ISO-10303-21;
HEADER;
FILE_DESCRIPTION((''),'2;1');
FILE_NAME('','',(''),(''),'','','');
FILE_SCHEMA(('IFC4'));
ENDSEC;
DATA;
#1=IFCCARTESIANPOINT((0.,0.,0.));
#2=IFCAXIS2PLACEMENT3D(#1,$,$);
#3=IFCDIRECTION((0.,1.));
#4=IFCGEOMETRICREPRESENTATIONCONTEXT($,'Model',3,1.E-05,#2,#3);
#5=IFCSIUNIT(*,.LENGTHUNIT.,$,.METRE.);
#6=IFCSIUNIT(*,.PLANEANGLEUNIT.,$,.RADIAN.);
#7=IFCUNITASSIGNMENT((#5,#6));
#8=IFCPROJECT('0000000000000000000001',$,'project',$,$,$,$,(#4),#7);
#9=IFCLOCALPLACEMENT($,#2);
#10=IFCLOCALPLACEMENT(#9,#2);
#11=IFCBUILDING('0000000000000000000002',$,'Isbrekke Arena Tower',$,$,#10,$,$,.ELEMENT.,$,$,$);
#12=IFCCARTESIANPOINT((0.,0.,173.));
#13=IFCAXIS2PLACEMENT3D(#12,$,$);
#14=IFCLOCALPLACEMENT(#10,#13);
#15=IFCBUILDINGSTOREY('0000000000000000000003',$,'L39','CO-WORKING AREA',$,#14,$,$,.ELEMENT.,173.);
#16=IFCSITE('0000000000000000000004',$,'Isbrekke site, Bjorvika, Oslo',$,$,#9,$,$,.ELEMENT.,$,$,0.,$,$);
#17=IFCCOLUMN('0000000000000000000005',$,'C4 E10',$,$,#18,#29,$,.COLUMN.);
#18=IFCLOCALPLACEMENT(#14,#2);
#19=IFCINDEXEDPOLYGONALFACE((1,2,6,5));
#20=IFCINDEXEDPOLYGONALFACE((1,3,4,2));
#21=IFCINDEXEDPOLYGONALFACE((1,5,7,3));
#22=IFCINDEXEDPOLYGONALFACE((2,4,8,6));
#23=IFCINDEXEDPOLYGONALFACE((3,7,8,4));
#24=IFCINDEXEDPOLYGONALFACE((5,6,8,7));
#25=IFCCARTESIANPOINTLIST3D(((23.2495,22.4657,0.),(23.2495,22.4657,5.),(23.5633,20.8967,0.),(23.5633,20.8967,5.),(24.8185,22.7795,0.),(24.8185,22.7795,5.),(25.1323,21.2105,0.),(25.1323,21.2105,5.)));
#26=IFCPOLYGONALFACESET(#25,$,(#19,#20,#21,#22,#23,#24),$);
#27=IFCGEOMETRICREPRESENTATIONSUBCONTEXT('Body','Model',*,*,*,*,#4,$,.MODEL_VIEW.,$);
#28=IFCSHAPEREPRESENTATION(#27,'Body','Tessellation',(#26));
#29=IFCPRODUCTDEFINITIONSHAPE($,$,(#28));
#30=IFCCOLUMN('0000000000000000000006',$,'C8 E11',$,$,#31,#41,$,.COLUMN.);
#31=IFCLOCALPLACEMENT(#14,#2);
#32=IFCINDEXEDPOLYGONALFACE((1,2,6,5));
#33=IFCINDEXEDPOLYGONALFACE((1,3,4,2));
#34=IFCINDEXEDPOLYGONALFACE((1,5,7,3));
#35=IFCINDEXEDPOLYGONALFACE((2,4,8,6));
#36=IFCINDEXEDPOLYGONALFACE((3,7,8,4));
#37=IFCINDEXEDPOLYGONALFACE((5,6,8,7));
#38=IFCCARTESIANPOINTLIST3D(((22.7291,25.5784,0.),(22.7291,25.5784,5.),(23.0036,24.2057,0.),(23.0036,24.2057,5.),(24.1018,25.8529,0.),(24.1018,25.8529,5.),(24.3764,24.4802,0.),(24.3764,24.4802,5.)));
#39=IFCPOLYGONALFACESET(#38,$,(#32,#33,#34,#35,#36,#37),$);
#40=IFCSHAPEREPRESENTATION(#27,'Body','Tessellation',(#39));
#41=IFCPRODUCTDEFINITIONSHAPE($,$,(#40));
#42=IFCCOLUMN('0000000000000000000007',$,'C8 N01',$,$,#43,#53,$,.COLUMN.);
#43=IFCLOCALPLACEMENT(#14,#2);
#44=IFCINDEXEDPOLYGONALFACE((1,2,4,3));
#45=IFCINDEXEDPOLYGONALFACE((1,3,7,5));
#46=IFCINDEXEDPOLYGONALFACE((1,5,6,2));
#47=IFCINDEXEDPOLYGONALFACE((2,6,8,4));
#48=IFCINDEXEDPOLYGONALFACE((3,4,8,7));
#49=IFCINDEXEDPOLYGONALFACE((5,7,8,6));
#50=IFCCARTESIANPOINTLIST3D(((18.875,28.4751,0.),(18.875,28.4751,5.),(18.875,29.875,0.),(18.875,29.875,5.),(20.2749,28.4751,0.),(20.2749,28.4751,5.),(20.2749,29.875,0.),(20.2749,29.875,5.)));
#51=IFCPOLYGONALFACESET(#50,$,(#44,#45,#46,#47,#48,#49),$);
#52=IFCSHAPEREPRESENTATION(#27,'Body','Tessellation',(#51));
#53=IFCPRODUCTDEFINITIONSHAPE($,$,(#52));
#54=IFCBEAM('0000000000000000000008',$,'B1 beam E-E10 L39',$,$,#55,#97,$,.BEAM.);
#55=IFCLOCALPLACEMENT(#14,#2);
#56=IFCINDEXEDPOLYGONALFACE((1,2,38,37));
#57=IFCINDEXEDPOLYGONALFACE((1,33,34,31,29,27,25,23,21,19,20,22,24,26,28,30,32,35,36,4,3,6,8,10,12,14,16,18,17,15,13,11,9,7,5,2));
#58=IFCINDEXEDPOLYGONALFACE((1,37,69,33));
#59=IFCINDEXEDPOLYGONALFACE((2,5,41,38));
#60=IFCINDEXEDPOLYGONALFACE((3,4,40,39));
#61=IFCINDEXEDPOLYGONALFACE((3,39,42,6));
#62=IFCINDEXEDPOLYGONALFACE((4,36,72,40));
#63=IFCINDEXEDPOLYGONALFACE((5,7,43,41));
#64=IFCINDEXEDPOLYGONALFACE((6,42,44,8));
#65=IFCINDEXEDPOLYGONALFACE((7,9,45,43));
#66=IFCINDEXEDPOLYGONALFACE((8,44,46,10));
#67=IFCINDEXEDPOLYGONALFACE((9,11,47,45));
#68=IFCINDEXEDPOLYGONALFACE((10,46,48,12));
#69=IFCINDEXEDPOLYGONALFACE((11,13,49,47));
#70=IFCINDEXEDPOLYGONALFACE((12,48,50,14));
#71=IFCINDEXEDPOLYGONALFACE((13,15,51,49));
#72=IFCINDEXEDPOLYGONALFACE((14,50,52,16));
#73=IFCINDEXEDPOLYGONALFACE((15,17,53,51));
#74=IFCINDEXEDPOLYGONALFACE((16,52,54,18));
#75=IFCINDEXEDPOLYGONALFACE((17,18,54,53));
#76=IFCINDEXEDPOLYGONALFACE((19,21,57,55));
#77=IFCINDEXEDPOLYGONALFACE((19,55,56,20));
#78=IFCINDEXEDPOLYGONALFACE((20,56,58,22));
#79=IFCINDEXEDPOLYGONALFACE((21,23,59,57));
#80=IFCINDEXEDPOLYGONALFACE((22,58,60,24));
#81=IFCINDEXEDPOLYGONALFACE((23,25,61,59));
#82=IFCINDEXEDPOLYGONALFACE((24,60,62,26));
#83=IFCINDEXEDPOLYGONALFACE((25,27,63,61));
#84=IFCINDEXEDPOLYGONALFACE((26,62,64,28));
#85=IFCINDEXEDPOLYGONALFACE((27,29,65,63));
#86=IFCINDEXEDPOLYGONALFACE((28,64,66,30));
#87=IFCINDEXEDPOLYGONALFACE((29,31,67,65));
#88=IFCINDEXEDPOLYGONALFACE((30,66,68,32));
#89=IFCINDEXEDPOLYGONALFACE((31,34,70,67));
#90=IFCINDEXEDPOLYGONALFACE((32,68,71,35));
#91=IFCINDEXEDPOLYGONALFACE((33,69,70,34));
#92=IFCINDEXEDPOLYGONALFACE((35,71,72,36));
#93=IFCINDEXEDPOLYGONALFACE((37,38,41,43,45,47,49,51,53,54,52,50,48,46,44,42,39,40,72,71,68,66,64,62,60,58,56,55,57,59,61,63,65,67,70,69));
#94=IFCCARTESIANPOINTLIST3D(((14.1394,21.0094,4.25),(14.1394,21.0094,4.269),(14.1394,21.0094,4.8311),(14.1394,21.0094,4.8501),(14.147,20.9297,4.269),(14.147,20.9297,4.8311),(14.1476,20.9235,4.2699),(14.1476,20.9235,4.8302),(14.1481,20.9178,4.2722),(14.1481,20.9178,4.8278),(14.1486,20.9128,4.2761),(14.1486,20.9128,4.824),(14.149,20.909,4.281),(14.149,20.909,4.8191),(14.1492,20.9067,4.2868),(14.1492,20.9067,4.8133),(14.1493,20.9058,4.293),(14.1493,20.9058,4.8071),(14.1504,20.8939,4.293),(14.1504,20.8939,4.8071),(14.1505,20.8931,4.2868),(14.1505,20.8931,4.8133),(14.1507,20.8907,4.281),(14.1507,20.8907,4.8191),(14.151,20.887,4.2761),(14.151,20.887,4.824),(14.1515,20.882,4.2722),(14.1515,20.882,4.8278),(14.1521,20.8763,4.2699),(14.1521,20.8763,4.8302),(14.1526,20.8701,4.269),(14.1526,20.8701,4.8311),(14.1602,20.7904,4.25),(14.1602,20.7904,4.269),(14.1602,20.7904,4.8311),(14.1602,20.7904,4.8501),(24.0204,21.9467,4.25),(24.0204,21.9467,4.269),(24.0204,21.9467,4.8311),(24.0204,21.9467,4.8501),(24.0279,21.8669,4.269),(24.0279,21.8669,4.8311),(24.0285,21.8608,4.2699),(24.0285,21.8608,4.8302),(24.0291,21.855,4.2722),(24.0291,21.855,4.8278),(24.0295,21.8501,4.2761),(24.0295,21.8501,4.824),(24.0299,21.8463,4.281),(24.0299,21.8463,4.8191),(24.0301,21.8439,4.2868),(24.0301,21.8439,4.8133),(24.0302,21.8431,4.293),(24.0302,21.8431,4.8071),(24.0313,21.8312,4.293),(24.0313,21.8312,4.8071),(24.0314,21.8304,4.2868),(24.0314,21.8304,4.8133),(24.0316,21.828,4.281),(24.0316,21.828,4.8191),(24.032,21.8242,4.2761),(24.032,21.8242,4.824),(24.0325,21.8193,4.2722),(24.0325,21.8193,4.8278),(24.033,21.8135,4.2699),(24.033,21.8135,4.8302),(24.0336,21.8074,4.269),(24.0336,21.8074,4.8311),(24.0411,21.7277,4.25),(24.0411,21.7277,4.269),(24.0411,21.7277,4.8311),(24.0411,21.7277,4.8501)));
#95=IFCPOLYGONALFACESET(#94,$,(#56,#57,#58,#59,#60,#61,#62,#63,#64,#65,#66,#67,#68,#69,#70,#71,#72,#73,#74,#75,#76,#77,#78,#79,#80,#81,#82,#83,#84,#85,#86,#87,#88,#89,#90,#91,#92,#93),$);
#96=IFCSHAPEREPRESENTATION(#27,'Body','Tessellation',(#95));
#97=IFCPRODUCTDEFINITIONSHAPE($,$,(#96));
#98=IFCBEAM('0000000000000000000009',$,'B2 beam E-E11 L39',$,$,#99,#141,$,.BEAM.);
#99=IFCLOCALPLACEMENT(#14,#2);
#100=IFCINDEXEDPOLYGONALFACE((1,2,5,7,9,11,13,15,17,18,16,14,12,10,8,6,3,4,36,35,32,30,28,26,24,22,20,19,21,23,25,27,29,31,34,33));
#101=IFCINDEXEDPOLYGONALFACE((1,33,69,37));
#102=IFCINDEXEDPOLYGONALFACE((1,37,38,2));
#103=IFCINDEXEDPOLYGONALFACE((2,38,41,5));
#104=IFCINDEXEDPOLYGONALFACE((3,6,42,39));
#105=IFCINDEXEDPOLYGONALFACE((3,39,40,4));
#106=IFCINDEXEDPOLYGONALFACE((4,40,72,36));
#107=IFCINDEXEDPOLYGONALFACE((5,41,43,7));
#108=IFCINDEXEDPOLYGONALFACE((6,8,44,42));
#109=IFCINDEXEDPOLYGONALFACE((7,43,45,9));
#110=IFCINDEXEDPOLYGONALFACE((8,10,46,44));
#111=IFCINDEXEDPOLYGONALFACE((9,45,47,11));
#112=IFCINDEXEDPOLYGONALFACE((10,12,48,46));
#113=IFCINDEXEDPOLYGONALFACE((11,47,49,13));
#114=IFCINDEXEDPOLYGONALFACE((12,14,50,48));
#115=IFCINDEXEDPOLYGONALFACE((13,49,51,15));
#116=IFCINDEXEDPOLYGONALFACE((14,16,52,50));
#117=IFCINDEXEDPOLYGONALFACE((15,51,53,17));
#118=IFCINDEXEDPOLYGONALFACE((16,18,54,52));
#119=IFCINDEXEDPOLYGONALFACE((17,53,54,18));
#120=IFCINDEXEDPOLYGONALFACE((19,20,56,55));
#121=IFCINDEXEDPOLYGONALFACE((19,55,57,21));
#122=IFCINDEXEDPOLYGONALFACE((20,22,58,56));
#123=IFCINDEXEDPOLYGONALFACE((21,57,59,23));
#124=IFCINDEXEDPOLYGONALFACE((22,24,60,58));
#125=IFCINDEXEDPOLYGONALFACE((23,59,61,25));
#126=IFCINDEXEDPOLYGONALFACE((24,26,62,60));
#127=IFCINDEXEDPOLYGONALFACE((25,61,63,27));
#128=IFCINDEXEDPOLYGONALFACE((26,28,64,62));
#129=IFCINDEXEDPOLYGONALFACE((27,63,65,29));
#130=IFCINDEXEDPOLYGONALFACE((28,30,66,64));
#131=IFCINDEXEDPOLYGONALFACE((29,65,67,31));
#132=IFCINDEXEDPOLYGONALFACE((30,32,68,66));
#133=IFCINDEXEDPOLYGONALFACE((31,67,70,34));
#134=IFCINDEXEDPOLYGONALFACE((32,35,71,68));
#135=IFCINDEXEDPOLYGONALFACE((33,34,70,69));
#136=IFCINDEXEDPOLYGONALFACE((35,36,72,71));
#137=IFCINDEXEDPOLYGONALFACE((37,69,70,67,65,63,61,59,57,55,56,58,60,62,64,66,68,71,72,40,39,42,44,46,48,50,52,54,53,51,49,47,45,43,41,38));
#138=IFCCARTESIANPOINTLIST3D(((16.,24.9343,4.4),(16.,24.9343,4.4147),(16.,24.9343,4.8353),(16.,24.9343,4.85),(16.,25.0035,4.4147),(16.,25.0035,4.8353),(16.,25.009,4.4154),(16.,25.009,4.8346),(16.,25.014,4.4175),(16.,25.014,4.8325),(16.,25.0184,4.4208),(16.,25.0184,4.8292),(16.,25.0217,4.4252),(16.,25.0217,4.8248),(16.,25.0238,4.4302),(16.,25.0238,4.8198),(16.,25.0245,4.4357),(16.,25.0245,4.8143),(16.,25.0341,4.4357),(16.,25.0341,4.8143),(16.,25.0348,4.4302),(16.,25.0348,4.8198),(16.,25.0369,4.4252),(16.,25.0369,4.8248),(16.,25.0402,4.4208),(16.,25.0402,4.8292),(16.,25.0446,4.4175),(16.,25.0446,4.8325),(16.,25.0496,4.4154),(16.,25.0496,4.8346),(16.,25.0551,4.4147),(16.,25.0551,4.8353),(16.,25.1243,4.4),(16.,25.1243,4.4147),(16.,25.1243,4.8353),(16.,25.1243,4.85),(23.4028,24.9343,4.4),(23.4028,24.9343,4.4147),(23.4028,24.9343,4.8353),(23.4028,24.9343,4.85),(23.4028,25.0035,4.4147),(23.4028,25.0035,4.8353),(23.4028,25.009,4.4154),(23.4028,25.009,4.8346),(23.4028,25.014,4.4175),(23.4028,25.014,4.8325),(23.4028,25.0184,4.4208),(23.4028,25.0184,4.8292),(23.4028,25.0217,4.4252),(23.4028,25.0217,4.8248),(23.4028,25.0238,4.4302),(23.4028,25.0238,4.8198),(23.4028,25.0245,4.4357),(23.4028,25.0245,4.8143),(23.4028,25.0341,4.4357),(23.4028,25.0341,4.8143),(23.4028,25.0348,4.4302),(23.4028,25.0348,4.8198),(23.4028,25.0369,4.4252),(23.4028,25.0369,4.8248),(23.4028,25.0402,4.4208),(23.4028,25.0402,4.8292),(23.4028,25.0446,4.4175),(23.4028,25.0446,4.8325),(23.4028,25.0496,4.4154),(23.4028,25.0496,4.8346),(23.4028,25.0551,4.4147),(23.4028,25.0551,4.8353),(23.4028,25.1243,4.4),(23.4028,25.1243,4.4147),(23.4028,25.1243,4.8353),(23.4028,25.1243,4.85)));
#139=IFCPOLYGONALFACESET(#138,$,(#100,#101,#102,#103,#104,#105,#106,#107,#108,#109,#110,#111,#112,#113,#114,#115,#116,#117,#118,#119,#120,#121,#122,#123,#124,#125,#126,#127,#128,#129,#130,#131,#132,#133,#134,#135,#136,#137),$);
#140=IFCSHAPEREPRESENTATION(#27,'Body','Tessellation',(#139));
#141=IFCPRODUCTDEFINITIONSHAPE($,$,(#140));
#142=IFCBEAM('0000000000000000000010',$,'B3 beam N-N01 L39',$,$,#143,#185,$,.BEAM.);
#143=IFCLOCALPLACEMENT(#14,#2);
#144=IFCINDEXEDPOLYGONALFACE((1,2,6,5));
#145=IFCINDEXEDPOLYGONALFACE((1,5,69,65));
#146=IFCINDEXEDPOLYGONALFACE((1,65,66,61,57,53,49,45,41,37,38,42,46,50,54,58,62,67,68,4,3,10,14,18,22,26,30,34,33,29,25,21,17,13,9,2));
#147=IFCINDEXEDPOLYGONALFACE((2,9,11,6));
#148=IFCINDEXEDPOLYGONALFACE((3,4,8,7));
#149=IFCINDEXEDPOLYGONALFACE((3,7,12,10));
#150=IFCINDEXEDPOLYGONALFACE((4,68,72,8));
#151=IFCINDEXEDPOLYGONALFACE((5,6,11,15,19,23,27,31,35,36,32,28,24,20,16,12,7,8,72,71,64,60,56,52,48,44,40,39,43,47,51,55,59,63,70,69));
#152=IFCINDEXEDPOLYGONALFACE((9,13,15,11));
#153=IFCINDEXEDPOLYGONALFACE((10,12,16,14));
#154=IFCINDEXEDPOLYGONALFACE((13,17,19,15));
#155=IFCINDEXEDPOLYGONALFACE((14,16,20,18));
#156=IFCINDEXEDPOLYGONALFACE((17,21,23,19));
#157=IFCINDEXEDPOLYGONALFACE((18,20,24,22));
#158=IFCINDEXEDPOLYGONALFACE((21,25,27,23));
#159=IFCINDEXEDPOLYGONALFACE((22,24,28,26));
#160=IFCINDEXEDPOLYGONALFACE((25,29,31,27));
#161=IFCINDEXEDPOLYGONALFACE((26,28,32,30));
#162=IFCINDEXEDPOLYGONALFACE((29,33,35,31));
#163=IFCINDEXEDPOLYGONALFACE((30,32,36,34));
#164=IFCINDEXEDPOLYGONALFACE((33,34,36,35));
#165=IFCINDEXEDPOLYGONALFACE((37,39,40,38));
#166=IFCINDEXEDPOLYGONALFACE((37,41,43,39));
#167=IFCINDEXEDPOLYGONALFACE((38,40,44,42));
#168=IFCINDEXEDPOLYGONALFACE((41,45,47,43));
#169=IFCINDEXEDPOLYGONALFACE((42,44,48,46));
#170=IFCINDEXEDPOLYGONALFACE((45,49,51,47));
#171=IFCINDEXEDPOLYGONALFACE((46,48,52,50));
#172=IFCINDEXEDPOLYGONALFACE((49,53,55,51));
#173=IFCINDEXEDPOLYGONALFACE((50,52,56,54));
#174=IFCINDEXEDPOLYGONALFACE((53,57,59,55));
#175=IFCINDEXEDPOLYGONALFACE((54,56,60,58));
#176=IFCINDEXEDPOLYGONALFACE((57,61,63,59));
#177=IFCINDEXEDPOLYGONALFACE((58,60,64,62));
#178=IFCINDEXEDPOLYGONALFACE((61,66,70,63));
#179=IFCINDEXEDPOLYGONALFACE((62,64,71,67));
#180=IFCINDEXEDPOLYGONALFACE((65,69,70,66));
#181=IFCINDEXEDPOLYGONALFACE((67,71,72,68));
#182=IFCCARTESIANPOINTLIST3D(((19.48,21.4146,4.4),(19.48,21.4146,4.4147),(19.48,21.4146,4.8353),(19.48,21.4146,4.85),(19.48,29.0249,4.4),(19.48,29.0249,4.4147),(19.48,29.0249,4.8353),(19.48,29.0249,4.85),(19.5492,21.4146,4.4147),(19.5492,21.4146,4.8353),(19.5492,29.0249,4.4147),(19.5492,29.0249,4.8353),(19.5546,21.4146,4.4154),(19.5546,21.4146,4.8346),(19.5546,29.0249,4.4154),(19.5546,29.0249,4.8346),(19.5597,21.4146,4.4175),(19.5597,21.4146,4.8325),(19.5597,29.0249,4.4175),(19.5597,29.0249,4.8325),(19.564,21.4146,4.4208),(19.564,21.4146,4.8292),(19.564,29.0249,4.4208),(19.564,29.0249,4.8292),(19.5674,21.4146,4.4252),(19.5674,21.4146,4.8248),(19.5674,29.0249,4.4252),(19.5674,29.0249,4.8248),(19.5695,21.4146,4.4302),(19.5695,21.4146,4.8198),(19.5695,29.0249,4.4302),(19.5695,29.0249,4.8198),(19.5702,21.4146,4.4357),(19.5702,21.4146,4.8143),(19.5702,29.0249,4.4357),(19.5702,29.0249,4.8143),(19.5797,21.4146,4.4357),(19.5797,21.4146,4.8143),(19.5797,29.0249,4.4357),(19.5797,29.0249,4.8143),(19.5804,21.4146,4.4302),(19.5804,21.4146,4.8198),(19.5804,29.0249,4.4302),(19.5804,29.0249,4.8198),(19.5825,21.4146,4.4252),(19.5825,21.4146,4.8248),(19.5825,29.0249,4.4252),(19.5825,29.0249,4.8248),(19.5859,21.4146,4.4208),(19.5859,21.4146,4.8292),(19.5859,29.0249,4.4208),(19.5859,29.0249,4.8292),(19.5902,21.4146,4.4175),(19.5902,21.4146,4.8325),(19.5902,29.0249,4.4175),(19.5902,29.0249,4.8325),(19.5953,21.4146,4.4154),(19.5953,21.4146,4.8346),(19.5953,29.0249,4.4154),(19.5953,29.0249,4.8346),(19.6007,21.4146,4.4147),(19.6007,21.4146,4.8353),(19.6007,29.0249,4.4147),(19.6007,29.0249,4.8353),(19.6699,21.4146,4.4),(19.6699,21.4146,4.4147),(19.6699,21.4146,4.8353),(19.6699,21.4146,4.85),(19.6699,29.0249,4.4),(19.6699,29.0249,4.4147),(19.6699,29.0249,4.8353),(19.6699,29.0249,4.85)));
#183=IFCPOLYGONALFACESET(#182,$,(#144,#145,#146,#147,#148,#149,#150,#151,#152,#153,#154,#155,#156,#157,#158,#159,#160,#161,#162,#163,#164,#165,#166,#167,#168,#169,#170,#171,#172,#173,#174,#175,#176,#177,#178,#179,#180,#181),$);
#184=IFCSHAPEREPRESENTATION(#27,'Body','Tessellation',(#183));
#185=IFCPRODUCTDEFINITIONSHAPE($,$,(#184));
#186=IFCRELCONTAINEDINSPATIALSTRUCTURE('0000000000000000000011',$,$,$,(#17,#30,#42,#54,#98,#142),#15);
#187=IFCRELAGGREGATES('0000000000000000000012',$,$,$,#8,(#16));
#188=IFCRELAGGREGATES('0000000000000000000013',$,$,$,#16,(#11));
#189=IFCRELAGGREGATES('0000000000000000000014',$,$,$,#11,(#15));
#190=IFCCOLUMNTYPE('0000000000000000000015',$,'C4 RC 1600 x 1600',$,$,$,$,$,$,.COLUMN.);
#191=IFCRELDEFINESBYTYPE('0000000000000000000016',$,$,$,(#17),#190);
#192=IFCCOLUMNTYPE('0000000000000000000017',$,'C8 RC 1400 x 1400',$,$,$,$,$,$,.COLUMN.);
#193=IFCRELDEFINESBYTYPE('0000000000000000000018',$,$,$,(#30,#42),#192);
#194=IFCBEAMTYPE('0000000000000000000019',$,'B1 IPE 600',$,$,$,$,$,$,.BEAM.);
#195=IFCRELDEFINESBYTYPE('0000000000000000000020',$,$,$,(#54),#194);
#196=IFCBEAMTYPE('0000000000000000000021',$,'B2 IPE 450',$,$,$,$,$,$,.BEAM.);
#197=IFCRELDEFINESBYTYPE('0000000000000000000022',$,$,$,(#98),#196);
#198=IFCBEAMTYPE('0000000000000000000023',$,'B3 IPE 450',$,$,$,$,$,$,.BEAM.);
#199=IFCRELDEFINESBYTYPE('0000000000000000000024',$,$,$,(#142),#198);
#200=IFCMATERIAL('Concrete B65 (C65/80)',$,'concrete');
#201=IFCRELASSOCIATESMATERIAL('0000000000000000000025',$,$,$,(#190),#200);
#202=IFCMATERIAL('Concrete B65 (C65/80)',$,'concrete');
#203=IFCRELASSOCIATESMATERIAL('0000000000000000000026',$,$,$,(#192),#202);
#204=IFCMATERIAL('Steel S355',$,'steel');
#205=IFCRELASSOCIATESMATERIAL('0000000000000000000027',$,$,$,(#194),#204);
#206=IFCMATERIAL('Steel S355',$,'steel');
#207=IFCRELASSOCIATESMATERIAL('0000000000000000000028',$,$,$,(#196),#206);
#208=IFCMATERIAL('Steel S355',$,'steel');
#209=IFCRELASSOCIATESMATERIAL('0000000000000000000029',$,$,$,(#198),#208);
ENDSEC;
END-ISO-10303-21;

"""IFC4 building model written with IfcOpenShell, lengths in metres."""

from ifc_helpers import new_model, si_unit, direction, frame, origin, origin_2d, place, context, subcontext, project, spatial, rectangle, i_section, extrude, material, material_profile, profile_set, type_object, element, save


model = new_model("IFC4")

# Units and contexts
model_context = context("Model", 3, precision=1e-05, world=origin(), true_north=direction((0.0, 1.0)))
body_context = subcontext(model_context, "Body", "Model", "MODEL_VIEW")
ifc_project = project(units=[si_unit("LENGTHUNIT", "METRE"), si_unit("PLANEANGLEUNIT", "RADIAN")], contexts=[model_context])

# Site, building, storey
site_placement = place(None, origin())
site = spatial("IfcSite", under=ifc_project, at=site_placement, Name="Isbrekke site, Bjorvika, Oslo", CompositionType="ELEMENT", RefElevation=0.0)
building_placement = place(site_placement, origin())
building = spatial("IfcBuilding", under=site, at=building_placement, Name="Isbrekke Arena Tower", CompositionType="ELEMENT")
storey_placement = place(building_placement, frame((0.0, 0.0, 173.0)))
storey = spatial("IfcBuildingStorey", under=building, at=storey_placement, Name="L39", Description="CO-WORKING AREA", CompositionType="ELEMENT", Elevation=173.0)

# Columns
ifc_material_1 = material(Name="Concrete B65 (C65/80)", Category="concrete")
ifc_material_profile_1 = material_profile(ifc_material_1, rectangle(XDim=1.6001, YDim=1.6001, at=origin_2d()), Name="RC 1600x1600")
ifc_profile_set_1 = profile_set([ifc_material_profile_1], Name="Concrete B65 (C65/80)")
column_type_1 = type_object("IfcColumnType", Name="C4 RC 1600 x 1600", PredefinedType="COLUMN", material=ifc_profile_set_1)
column_placement = place(storey_placement, frame((24.1909, 21.8381, 0.0), z_axis=(0.0, 0.0, 1.0), x_axis=(-0.196116, 0.980581, 0.0)))
element("IfcColumn", 1, at=column_placement, inside=storey, type_object=column_type_1, Name="C4 E10", PredefinedType="COLUMN", context=body_context, shape_type="SweptSolid", body=[
    extrude(rectangle(XDim=1.6001, YDim=1.6001, at=origin_2d()), origin(), (0.0, 0.0, 1.0), 5.0),
])
ifc_material_2 = material(Name="Concrete B65 (C65/80)", Category="concrete")
ifc_material_profile_2 = material_profile(ifc_material_2, rectangle(XDim=1.3999, YDim=1.3999, at=origin_2d()), Name="RC 1400x1400")
ifc_profile_set_2 = profile_set([ifc_material_profile_2], Name="Concrete B65 (C65/80)")
column_type_2 = type_object("IfcColumnType", Name="C8 RC 1400 x 1400", PredefinedType="COLUMN", material=ifc_profile_set_2)
for number, where, z_axis, x_axis, name in (
    (2, (23.5527, 25.0293, 0.0), (0.0, 0.0, 1.0), (-0.196116, 0.980581, 0.0), "C8 E11"),
    (3, (19.575, 29.175, 0.0), (0.0, 0.0, 1.0), (-1.0, 0.0, 0.0), "C8 N01"),
):
    element("IfcColumn", number, at=place(storey_placement, frame(where, z_axis=z_axis, x_axis=x_axis)), inside=storey, type_object=column_type_2, Name=name, PredefinedType="COLUMN", context=body_context, shape_type="SweptSolid", body=[
        extrude(rectangle(XDim=1.3999, YDim=1.3999, at=origin_2d()), origin(), (0.0, 0.0, 1.0), 5.0),
    ])

# Beams
ifc_material_3 = material(Name="Steel S355", Category="steel")
ifc_material_profile_3 = material_profile(ifc_material_3, i_section(OverallWidth=0.22, OverallDepth=0.6001, WebThickness=0.012, FlangeThickness=0.019, FilletRadius=0.0239, at=origin_2d()), Name="IPE 600")
ifc_profile_set_3 = profile_set([ifc_material_profile_3], Name="Steel S355")
beam_type_1 = type_object("IfcBeamType", Name="B1 IPE 600", PredefinedType="BEAM", material=ifc_profile_set_3)
beam_1_placement = place(storey_placement, frame((24.0308, 21.8372, 4.55), z_axis=(-0.995531, -0.094432, 0.0), x_axis=(0.094432, -0.995531, 0.0)))
element("IfcBeam", 4, at=beam_1_placement, inside=storey, type_object=beam_type_1, Name="B1 beam E-E10 L39", PredefinedType="BEAM", context=body_context, shape_type="SweptSolid", body=[
    extrude(i_section(OverallWidth=0.22, OverallDepth=0.6001, WebThickness=0.012, FlangeThickness=0.019, FilletRadius=0.0239, at=origin_2d()), origin(), (0.0, 0.0, 1.0), 9.9253),
])
ifc_material_4 = material(Name="Steel S355", Category="steel")
ifc_material_profile_4 = material_profile(ifc_material_4, i_section(OverallWidth=0.1899, OverallDepth=0.45, WebThickness=0.0095, FlangeThickness=0.0146, FilletRadius=0.021, at=origin_2d()), Name="IPE 450")
ifc_profile_set_4 = profile_set([ifc_material_profile_4], Name="Steel S355")
beam_type_2 = type_object("IfcBeamType", Name="B2 IPE 450", PredefinedType="BEAM", material=ifc_profile_set_4)
beam_2_placement = place(storey_placement, frame((23.4028, 25.0293, 4.625), z_axis=(-1.0, 0.0, 0.0), x_axis=(0.0, -1.0, 0.0)))
element("IfcBeam", 5, at=beam_2_placement, inside=storey, type_object=beam_type_2, Name="B2 beam E-E11 L39", PredefinedType="BEAM", context=body_context, shape_type="SweptSolid", body=[
    extrude(i_section(OverallWidth=0.1899, OverallDepth=0.45, WebThickness=0.0095, FlangeThickness=0.0146, FilletRadius=0.021, at=origin_2d()), origin(), (0.0, 0.0, 1.0), 7.4028),
])
ifc_material_5 = material(Name="Steel S355", Category="steel")
ifc_material_profile_5 = material_profile(ifc_material_5, i_section(OverallWidth=0.1899, OverallDepth=0.45, WebThickness=0.0095, FlangeThickness=0.0146, FilletRadius=0.021, at=origin_2d()), Name="IPE 450")
ifc_profile_set_5 = profile_set([ifc_material_profile_5], Name="Steel S355")
beam_type_3 = type_object("IfcBeamType", Name="B3 IPE 450", PredefinedType="BEAM", material=ifc_profile_set_5)
beam_3_placement = place(storey_placement, frame((19.575, 29.0249, 4.625), z_axis=(0.0, -1.0, 0.0), x_axis=(1.0, 0.0, 0.0)))
element("IfcBeam", 6, at=beam_3_placement, inside=storey, type_object=beam_type_3, Name="B3 beam N-N01 L39", PredefinedType="BEAM", context=body_context, shape_type="SweptSolid", body=[
    extrude(i_section(OverallWidth=0.1899, OverallDepth=0.45, WebThickness=0.0095, FlangeThickness=0.0146, FilletRadius=0.021, at=origin_2d()), origin(), (0.0, 0.0, 1.0), 7.6104),
])

save(model, "model.ifc")
